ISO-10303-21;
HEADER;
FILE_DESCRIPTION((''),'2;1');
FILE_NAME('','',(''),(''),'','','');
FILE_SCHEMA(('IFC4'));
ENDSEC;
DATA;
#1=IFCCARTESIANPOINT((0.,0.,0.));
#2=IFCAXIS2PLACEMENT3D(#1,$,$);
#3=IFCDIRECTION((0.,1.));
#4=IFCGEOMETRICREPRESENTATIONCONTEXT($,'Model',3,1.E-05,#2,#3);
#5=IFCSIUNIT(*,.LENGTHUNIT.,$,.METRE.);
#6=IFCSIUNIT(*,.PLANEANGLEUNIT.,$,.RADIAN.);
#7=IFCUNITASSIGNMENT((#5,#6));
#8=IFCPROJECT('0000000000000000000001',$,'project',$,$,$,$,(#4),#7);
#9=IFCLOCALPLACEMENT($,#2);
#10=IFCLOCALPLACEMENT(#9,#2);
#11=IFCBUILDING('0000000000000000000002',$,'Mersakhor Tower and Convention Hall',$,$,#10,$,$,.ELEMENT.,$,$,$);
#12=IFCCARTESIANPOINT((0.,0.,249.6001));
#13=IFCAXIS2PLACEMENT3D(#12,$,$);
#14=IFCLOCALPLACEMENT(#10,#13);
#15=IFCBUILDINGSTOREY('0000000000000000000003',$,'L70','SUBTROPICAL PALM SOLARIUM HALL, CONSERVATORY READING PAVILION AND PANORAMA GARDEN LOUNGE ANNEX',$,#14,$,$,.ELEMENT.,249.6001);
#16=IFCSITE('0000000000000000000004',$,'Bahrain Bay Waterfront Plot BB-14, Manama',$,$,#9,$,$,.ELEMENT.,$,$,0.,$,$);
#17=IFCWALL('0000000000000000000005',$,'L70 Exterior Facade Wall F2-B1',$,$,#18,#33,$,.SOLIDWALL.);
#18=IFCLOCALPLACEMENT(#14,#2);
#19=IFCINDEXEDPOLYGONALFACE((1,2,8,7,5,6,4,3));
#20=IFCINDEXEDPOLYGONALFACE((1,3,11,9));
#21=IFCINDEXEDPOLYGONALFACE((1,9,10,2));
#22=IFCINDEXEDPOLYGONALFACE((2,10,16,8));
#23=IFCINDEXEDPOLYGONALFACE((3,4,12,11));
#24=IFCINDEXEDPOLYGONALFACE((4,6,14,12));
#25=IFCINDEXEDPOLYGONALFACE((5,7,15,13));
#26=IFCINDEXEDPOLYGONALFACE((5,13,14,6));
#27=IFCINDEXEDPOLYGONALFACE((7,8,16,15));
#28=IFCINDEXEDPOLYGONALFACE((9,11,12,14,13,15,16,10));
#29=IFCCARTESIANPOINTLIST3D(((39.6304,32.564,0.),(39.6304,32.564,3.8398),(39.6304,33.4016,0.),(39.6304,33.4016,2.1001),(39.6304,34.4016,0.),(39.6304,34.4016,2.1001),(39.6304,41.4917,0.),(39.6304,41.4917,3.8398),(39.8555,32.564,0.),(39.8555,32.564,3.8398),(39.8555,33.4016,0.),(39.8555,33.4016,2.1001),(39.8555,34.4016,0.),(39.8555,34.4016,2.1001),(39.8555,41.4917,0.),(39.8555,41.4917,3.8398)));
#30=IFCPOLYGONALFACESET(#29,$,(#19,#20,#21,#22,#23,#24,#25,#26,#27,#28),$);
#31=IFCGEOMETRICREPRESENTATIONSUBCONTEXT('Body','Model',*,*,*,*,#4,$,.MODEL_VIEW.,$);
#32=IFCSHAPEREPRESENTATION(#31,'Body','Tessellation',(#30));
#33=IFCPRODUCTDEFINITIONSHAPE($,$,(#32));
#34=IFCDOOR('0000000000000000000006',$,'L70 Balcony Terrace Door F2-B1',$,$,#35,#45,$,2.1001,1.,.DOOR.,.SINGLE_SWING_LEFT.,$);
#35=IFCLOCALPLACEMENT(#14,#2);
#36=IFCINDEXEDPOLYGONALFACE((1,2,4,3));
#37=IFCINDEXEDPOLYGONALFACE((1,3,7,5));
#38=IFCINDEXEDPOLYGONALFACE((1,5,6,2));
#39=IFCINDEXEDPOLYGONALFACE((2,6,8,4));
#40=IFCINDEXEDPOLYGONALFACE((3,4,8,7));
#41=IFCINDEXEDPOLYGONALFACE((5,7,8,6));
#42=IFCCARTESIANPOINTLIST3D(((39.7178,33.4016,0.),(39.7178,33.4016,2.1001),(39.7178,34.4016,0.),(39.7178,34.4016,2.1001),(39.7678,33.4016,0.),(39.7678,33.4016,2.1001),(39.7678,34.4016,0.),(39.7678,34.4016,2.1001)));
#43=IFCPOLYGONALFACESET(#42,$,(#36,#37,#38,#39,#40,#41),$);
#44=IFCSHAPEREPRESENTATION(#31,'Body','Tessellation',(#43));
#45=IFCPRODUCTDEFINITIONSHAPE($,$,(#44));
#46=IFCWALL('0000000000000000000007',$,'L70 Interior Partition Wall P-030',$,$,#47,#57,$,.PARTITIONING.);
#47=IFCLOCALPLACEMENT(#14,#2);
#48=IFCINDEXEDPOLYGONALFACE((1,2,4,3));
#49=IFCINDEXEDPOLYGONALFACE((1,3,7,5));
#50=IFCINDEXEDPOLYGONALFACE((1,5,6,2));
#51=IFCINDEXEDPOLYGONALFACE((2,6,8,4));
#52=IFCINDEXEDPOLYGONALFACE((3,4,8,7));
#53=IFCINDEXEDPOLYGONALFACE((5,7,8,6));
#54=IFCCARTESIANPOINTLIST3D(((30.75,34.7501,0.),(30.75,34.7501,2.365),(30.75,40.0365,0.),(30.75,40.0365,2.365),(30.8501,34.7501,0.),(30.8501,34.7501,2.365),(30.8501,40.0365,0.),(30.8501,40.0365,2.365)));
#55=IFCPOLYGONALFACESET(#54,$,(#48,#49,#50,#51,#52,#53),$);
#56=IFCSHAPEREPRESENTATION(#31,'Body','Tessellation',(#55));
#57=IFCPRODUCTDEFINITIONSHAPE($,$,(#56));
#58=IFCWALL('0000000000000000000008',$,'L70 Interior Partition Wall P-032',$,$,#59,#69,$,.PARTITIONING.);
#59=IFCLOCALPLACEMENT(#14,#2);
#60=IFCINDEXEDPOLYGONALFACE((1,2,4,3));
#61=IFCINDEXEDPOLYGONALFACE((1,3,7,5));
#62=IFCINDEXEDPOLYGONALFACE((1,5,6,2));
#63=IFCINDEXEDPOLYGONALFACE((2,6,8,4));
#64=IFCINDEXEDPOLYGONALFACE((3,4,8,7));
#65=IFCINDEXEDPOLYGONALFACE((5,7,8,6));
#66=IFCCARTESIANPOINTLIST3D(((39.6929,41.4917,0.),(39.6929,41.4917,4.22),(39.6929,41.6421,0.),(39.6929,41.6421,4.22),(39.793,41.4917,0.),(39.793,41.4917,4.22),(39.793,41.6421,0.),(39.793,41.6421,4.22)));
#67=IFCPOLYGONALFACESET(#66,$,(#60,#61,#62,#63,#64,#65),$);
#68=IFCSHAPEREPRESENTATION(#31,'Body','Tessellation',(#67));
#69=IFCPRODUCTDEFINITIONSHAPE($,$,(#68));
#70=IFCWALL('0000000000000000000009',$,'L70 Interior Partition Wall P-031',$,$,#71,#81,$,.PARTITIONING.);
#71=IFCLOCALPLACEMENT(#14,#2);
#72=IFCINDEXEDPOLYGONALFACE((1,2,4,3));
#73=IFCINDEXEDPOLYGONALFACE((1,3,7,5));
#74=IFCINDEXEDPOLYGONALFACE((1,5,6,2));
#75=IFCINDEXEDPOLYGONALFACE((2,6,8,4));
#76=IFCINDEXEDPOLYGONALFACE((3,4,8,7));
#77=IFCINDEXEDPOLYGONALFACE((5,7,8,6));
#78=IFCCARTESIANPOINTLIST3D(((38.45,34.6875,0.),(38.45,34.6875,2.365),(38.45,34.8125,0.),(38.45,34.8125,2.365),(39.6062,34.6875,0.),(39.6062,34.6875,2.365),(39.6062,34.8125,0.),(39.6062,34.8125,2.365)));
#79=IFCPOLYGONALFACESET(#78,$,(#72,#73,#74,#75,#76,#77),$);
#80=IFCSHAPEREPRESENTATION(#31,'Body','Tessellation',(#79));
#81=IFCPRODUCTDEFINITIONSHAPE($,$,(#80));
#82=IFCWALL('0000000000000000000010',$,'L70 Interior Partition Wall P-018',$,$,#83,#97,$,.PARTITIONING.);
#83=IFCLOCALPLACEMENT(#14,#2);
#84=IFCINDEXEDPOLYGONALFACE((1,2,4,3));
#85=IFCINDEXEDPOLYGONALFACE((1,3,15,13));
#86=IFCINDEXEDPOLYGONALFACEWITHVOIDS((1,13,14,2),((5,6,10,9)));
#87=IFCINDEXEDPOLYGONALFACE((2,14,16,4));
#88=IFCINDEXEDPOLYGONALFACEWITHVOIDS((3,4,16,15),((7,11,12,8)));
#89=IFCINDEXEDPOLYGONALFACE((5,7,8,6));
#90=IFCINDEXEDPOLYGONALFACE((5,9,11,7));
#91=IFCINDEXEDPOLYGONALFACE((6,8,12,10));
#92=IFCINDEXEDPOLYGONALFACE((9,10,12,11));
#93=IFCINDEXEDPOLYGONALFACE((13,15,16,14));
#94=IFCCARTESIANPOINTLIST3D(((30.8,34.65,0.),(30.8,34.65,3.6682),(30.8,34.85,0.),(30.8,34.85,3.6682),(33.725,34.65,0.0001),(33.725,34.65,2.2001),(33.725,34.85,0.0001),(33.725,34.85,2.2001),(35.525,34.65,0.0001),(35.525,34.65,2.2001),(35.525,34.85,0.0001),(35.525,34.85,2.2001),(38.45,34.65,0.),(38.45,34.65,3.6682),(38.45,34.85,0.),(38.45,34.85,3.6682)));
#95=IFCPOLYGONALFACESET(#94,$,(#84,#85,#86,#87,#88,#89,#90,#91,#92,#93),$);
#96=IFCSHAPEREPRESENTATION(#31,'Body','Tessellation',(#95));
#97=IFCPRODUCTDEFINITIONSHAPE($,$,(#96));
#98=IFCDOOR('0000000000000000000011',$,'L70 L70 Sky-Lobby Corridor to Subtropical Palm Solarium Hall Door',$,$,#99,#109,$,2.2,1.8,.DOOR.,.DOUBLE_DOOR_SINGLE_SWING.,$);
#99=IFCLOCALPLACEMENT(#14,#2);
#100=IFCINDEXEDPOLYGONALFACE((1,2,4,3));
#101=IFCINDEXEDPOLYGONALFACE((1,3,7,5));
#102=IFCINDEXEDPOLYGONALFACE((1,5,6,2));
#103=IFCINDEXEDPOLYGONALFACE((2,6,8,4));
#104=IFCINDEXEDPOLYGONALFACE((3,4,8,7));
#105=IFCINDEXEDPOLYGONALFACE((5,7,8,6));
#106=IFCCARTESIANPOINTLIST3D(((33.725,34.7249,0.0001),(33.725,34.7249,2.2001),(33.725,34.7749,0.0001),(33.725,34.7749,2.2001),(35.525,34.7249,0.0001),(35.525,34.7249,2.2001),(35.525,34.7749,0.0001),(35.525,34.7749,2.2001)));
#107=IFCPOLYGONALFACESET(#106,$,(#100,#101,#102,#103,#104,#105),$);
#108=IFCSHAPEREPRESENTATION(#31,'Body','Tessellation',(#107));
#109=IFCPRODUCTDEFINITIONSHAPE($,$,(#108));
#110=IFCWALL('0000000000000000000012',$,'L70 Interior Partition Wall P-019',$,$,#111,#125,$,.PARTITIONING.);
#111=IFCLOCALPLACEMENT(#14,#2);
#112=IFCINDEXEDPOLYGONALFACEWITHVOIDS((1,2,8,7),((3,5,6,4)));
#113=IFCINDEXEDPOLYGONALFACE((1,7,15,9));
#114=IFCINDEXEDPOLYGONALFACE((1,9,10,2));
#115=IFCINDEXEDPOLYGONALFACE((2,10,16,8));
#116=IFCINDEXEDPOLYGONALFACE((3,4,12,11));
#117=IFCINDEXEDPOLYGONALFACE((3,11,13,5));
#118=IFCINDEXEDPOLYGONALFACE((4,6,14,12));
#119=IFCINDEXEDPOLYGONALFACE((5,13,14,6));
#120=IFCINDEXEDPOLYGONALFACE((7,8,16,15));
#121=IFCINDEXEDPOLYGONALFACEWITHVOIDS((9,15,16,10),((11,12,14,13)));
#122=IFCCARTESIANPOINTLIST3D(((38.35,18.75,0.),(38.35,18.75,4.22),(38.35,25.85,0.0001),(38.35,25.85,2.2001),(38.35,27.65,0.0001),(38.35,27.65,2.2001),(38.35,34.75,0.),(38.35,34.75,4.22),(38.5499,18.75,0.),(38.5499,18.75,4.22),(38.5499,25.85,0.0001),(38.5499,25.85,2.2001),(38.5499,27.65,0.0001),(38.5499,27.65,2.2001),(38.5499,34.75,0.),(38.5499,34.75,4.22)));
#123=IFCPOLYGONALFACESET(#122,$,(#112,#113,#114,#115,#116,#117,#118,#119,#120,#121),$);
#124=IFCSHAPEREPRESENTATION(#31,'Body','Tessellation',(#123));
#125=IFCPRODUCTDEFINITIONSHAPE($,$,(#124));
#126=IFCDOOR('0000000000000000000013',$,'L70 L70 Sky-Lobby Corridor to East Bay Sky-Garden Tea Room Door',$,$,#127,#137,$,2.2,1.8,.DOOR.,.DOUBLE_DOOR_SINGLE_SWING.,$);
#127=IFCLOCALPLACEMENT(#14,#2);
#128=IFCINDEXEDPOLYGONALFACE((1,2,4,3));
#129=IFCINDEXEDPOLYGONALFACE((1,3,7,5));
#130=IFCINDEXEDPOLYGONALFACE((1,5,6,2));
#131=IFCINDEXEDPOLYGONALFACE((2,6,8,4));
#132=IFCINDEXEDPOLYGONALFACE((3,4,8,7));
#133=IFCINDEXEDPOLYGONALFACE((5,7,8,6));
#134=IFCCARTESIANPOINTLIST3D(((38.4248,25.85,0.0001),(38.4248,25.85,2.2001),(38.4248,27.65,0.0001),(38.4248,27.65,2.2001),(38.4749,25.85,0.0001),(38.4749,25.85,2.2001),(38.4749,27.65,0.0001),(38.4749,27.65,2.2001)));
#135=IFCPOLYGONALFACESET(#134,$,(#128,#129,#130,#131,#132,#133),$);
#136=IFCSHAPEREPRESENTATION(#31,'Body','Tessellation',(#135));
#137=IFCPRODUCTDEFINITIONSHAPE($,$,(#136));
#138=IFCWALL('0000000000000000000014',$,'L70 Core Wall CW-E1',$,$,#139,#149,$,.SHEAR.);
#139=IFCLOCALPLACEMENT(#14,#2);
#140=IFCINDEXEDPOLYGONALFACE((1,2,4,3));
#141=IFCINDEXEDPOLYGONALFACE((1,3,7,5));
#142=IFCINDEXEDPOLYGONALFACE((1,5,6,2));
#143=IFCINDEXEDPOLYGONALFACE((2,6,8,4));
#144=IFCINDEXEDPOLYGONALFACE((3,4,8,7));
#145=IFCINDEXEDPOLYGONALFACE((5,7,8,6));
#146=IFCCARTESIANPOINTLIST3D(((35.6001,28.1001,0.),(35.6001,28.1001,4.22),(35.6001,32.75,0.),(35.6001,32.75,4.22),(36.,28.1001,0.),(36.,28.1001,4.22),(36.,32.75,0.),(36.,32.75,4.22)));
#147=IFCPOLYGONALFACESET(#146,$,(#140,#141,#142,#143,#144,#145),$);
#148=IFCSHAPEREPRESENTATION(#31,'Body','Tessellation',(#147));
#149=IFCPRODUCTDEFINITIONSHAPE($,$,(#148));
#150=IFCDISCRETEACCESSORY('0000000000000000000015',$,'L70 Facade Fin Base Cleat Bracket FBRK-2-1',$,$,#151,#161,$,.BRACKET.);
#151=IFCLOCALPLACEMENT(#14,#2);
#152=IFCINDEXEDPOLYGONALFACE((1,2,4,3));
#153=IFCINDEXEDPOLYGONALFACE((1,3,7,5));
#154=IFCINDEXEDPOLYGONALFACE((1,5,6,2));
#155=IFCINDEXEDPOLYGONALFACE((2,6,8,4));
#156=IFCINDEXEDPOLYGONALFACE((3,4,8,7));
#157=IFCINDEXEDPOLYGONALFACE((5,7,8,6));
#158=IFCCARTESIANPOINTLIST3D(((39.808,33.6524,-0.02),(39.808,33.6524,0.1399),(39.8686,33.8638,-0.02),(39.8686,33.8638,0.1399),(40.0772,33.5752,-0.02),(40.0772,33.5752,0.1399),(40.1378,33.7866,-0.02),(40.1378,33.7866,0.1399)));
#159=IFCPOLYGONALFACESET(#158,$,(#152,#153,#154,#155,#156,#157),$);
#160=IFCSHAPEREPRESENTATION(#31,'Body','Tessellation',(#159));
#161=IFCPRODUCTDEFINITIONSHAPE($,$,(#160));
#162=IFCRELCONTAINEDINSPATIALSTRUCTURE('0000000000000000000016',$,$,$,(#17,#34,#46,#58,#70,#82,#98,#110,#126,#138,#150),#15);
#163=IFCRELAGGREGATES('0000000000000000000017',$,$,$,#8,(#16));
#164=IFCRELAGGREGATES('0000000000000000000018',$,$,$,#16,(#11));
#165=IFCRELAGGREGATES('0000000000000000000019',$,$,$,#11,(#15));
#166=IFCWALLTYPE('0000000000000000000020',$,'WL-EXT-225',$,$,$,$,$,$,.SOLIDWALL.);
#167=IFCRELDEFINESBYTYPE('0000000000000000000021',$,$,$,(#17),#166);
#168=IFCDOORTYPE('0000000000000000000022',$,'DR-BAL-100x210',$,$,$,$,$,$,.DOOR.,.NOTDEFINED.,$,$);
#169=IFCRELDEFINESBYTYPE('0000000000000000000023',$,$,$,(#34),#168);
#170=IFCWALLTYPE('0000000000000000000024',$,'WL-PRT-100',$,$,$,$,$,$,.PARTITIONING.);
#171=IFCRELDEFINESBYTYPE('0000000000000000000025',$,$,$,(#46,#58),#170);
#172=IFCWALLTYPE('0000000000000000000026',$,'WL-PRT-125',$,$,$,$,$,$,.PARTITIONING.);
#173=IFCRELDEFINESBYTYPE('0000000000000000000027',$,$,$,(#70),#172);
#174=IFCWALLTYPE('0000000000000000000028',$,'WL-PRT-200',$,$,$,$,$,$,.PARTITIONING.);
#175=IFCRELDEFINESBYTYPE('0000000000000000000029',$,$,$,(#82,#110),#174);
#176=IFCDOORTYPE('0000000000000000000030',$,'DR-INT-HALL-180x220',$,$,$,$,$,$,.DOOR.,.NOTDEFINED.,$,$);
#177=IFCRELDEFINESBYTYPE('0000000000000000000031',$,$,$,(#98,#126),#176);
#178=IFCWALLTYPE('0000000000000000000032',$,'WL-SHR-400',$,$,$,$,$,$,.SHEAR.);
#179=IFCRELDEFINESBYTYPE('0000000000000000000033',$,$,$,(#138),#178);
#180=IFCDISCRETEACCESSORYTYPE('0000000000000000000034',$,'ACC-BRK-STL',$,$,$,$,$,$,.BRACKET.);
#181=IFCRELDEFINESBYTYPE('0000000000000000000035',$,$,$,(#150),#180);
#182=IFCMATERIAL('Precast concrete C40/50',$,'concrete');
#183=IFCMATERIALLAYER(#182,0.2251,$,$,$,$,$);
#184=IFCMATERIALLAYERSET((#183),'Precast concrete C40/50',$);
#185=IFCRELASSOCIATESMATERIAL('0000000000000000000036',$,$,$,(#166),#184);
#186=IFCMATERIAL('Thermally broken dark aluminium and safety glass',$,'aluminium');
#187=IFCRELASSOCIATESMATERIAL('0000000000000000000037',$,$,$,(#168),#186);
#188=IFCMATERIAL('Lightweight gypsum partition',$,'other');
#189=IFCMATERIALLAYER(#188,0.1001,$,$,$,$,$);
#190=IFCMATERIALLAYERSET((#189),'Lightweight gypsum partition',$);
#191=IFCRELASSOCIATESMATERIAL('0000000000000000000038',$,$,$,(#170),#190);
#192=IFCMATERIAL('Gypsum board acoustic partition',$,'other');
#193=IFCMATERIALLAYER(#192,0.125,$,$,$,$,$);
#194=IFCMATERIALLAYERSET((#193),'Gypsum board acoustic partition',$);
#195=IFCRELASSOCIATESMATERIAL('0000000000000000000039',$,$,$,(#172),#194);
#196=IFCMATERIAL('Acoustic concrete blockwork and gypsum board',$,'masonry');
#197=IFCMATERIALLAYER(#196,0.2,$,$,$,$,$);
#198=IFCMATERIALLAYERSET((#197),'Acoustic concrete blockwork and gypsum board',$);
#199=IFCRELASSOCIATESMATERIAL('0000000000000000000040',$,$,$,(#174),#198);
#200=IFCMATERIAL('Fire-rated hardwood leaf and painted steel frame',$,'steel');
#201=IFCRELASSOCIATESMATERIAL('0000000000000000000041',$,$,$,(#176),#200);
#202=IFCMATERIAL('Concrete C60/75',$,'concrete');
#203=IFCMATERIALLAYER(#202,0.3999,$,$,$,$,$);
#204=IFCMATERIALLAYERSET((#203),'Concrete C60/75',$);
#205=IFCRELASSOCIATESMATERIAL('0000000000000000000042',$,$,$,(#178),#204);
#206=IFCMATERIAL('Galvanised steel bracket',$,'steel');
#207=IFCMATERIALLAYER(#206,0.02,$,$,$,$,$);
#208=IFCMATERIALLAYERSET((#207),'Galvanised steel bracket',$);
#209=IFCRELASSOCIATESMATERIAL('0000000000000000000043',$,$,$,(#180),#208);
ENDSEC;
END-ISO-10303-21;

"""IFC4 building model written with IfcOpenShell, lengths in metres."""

from ifc_helpers import new_model, si_unit, direction, frame, frame_2d, origin, origin_2d, place, context, subcontext, project, spatial, rectangle, extrude, material, layer, layer_set, type_object, element, fill, save


model = new_model("IFC4")

# Units and contexts
model_context = context("Model", 3, precision=1e-05, world=origin(), true_north=direction((0.0, 1.0)))
body_context = subcontext(model_context, "Body", "Model", "MODEL_VIEW")
ifc_project = project(units=[si_unit("LENGTHUNIT", "METRE"), si_unit("PLANEANGLEUNIT", "RADIAN")], contexts=[model_context])

# Site, building, storey
site_placement = place(None, origin())
site = spatial("IfcSite", under=ifc_project, at=site_placement, Name="Bahrain Bay Waterfront Plot BB-14, Manama", CompositionType="ELEMENT", RefElevation=0.0)
building_placement = place(site_placement, origin())
building = spatial("IfcBuilding", under=site, at=building_placement, Name="Mersakhor Tower and Convention Hall", CompositionType="ELEMENT")
storey_placement = place(building_placement, frame((0.0, 0.0, 249.6001)))
storey = spatial("IfcBuildingStorey", under=building, at=storey_placement, Name="L70", Description="SUBTROPICAL PALM SOLARIUM HALL, CONSERVATORY READING PAVILION AND PANORAMA GARDEN LOUNGE ANNEX", CompositionType="ELEMENT", Elevation=249.6001)

# Shared definitions
ifc_material_1 = material(Name="Precast concrete C40/50", Category="concrete")
ifc_layer_1 = layer(ifc_material_1, 0.2251)
ifc_layer_set_1 = layer_set([ifc_layer_1], Name="Precast concrete C40/50")
wall_type_1 = type_object("IfcWallType", Name="WL-EXT-225", PredefinedType="SOLIDWALL", material=ifc_layer_set_1)

# Wall, opening, door
wall_1_placement = place(storey_placement, frame((39.7429, 41.4917, 0.0), z_axis=(0.0, 0.0, 1.0), x_axis=(0.0, -1.0, 0.0)))
wall_1 = element("IfcWall", 1, at=wall_1_placement, inside=storey, type_object=wall_type_1, Name="L70 Exterior Facade Wall F2-B1", PredefinedType="SOLIDWALL", context=body_context, shape_type="SweptSolid", body=[
    extrude(rectangle(XDim=8.9277, YDim=0.2251, at=frame_2d((4.4639, 0.0))), origin(), (0.0, 0.0, 1.0), 3.8398),
])
opening_1_placement = place(wall_1_placement, frame((7.0901, 0.0, 0.0)))
opening_1 = element("IfcOpeningElement", 2, at=opening_1_placement, cuts=wall_1, PredefinedType="OPENING", context=body_context, shape_type="SweptSolid", body=[
    extrude(rectangle(XDim=1.0, YDim=2.1001, at=frame_2d((0.5, 1.05))), frame((0.0, 0.1226, 0.0), z_axis=(0.0, -1.0, 0.0), x_axis=(1.0, 0.0, 0.0)), (0.0, 0.0, 1.0), 0.2451),
])
ifc_material_2 = material(Name="Thermally broken dark aluminium and safety glass", Category="aluminium")
door_type_1 = type_object("IfcDoorType", Name="DR-BAL-100x210", OperationType="NOTDEFINED", PredefinedType="DOOR", material=ifc_material_2)
door_1_placement = place(opening_1_placement, origin())
door_1 = element("IfcDoor", 3, at=door_1_placement, inside=storey, type_object=door_type_1, Name="L70 Balcony Terrace Door F2-B1", OperationType="SINGLE_SWING_LEFT", OverallHeight=2.1001, OverallWidth=1.0, PredefinedType="DOOR", context=body_context, shape_type="SweptSolid", body=[
    extrude(rectangle(XDim=1.0, YDim=2.1001, at=frame_2d((0.5, 1.05))), frame((0.0, 0.0249, 0.0), z_axis=(0.0, -1.0, 0.0), x_axis=(1.0, 0.0, 0.0)), (0.0, 0.0, 1.0), 0.05),
])
fill(opening_1, door_1)

# Walls
ifc_material_3 = material(Name="Lightweight gypsum partition", Category="other")
ifc_layer_2 = layer(ifc_material_3, 0.1001)
ifc_layer_set_2 = layer_set([ifc_layer_2], Name="Lightweight gypsum partition")
wall_type_2 = type_object("IfcWallType", Name="WL-PRT-100", PredefinedType="PARTITIONING", material=ifc_layer_set_2)
wall_2_placement = place(storey_placement, frame((30.8, 40.0364, 0.0), z_axis=(0.0, 0.0, 1.0), x_axis=(0.0, -1.0, 0.0)))
element("IfcWall", 4, at=wall_2_placement, inside=storey, type_object=wall_type_2, Name="L70 Interior Partition Wall P-030", PredefinedType="PARTITIONING", context=body_context, shape_type="SweptSolid", body=[
    extrude(rectangle(XDim=5.2864, YDim=0.1001, at=frame_2d((2.6431, 0.0))), origin(), (0.0, 0.0, 1.0), 2.365),
])
wall_3_placement = place(storey_placement, frame((39.7429, 41.6421, 0.0), z_axis=(0.0, 0.0, 1.0), x_axis=(0.0, -1.0, 0.0)))
element("IfcWall", 5, at=wall_3_placement, inside=storey, type_object=wall_type_2, Name="L70 Interior Partition Wall P-032", PredefinedType="PARTITIONING", context=body_context, shape_type="SweptSolid", body=[
    extrude(rectangle(XDim=0.1504, YDim=0.1001, at=frame_2d((0.0752, 0.0))), origin(), (0.0, 0.0, 1.0), 4.22),
])
ifc_material_4 = material(Name="Gypsum board acoustic partition", Category="other")
ifc_layer_3 = layer(ifc_material_4, 0.125)
ifc_layer_set_3 = layer_set([ifc_layer_3], Name="Gypsum board acoustic partition")
wall_type_3 = type_object("IfcWallType", Name="WL-PRT-125", PredefinedType="PARTITIONING", material=ifc_layer_set_3)
wall_4_placement = place(storey_placement, frame((39.6062, 34.75, 0.0), z_axis=(0.0, 0.0, 1.0), x_axis=(-1.0, 0.0, 0.0)))
element("IfcWall", 6, at=wall_4_placement, inside=storey, type_object=wall_type_3, Name="L70 Interior Partition Wall P-031", PredefinedType="PARTITIONING", context=body_context, shape_type="SweptSolid", body=[
    extrude(rectangle(XDim=1.1562, YDim=0.125, at=frame_2d((0.5781, 0.0))), origin(), (0.0, 0.0, 1.0), 2.365),
])

# Walls, openings, doors
ifc_material_5 = material(Name="Acoustic concrete blockwork and gypsum board", Category="masonry")
ifc_layer_4 = layer(ifc_material_5, 0.2)
ifc_layer_set_4 = layer_set([ifc_layer_4], Name="Acoustic concrete blockwork and gypsum board")
wall_type_4 = type_object("IfcWallType", Name="WL-PRT-200", PredefinedType="PARTITIONING", material=ifc_layer_set_4)
wall_5_placement = place(storey_placement, frame((30.8, 34.75, 0.0), z_axis=(0.0, 0.0, 1.0), x_axis=(1.0, 0.0, 0.0)))
wall_5 = element("IfcWall", 7, at=wall_5_placement, inside=storey, type_object=wall_type_4, Name="L70 Interior Partition Wall P-018", PredefinedType="PARTITIONING", context=body_context, shape_type="SweptSolid", body=[
    extrude(rectangle(XDim=7.6499, YDim=0.2, at=frame_2d((3.825, 0.0))), origin(), (0.0, 0.0, 1.0), 3.6682),
])
opening_2_placement = place(wall_5_placement, frame((2.925, 0.0, 0.0)))
opening_2 = element("IfcOpeningElement", 8, at=opening_2_placement, cuts=wall_5, PredefinedType="OPENING", context=body_context, shape_type="SweptSolid", body=[
    extrude(rectangle(XDim=1.8, YDim=2.2, at=frame_2d((0.8999, 1.1001))), frame((0.0, 0.1099, 0.0), z_axis=(0.0, -1.0, 0.0), x_axis=(1.0, 0.0, 0.0)), (0.0, 0.0, 1.0), 0.22),
])
ifc_material_6 = material(Name="Fire-rated hardwood leaf and painted steel frame", Category="steel")
door_type_2 = type_object("IfcDoorType", Name="DR-INT-HALL-180x220", OperationType="NOTDEFINED", PredefinedType="DOOR", material=ifc_material_6)
door_2_placement = place(opening_2_placement, origin())
door_2 = element("IfcDoor", 9, at=door_2_placement, inside=storey, type_object=door_type_2, Name="L70 L70 Sky-Lobby Corridor to Subtropical Palm Solarium Hall Door", OperationType="DOUBLE_DOOR_SINGLE_SWING", OverallHeight=2.2, OverallWidth=1.8, PredefinedType="DOOR", context=body_context, shape_type="SweptSolid", body=[
    extrude(rectangle(XDim=1.8, YDim=2.2, at=frame_2d((0.8999, 1.1001))), frame((0.0, 0.0249, 0.0), z_axis=(0.0, -1.0, 0.0), x_axis=(1.0, 0.0, 0.0)), (0.0, 0.0, 1.0), 0.05),
])
fill(opening_2, door_2)
wall_6_placement = place(storey_placement, frame((38.45, 34.75, 0.0), z_axis=(0.0, 0.0, 1.0), x_axis=(0.0, -1.0, 0.0)))
wall_6 = element("IfcWall", 10, at=wall_6_placement, inside=storey, type_object=wall_type_4, Name="L70 Interior Partition Wall P-019", PredefinedType="PARTITIONING", context=body_context, shape_type="SweptSolid", body=[
    extrude(rectangle(XDim=16.0, YDim=0.2, at=frame_2d((8.0, 0.0))), origin(), (0.0, 0.0, 1.0), 4.22),
])
opening_3_placement = place(wall_6_placement, frame((7.1001, 0.0, 0.0)))
opening_3 = element("IfcOpeningElement", 11, at=opening_3_placement, cuts=wall_6, PredefinedType="OPENING", context=body_context, shape_type="SweptSolid", body=[
    extrude(rectangle(XDim=1.8, YDim=2.2, at=frame_2d((0.8999, 1.1001))), frame((0.0, 0.1099, 0.0), z_axis=(0.0, -1.0, 0.0), x_axis=(1.0, 0.0, 0.0)), (0.0, 0.0, 1.0), 0.22),
])
door_3_placement = place(opening_3_placement, origin())
door_3 = element("IfcDoor", 12, at=door_3_placement, inside=storey, type_object=door_type_2, Name="L70 L70 Sky-Lobby Corridor to East Bay Sky-Garden Tea Room Door", OperationType="DOUBLE_DOOR_SINGLE_SWING", OverallHeight=2.2, OverallWidth=1.8, PredefinedType="DOOR", context=body_context, shape_type="SweptSolid", body=[
    extrude(rectangle(XDim=1.8, YDim=2.2, at=frame_2d((0.8999, 1.1001))), frame((0.0, 0.0249, 0.0), z_axis=(0.0, -1.0, 0.0), x_axis=(1.0, 0.0, 0.0)), (0.0, 0.0, 1.0), 0.05),
])
fill(opening_3, door_3)
ifc_material_7 = material(Name="Concrete C60/75", Category="concrete")
ifc_layer_5 = layer(ifc_material_7, 0.3999)
ifc_layer_set_5 = layer_set([ifc_layer_5], Name="Concrete C60/75")
wall_type_5 = type_object("IfcWallType", Name="WL-SHR-400", PredefinedType="SHEAR", material=ifc_layer_set_5)

# Wall
wall_7_placement = place(storey_placement, frame((35.8, 32.75, 0.0), z_axis=(0.0, 0.0, 1.0), x_axis=(0.0, -1.0, 0.0)))
element("IfcWall", 13, at=wall_7_placement, inside=storey, type_object=wall_type_5, Name="L70 Core Wall CW-E1", PredefinedType="SHEAR", context=body_context, shape_type="SweptSolid", body=[
    extrude(rectangle(XDim=4.6499, YDim=0.3999, at=frame_2d((2.325, 0.0))), origin(), (0.0, 0.0, 1.0), 4.22),
])

# Discrete accessory
ifc_material_8 = material(Name="Galvanised steel bracket", Category="steel")
ifc_layer_6 = layer(ifc_material_8, 0.02)
ifc_layer_set_6 = layer_set([ifc_layer_6], Name="Galvanised steel bracket")
discrete_accessory_type = type_object("IfcDiscreteAccessoryType", Name="ACC-BRK-STL", PredefinedType="BRACKET", material=ifc_layer_set_6)
discrete_accessory_placement = place(storey_placement, frame((39.9729, 33.7195, -0.02), z_axis=(0.0, 0.0, 1.0), x_axis=(0.961262, -0.275637, 0.0)))
element("IfcDiscreteAccessory", 14, at=discrete_accessory_placement, inside=storey, type_object=discrete_accessory_type, Name="L70 Facade Fin Base Cleat Bracket FBRK-2-1", PredefinedType="BRACKET", context=body_context, shape_type="SweptSolid", body=[
    extrude(rectangle(XDim=0.28, YDim=0.22, at=origin_2d()), origin(), (0.0, 0.0, 1.0), 0.1599),
])

save(model, "model.ifc")
